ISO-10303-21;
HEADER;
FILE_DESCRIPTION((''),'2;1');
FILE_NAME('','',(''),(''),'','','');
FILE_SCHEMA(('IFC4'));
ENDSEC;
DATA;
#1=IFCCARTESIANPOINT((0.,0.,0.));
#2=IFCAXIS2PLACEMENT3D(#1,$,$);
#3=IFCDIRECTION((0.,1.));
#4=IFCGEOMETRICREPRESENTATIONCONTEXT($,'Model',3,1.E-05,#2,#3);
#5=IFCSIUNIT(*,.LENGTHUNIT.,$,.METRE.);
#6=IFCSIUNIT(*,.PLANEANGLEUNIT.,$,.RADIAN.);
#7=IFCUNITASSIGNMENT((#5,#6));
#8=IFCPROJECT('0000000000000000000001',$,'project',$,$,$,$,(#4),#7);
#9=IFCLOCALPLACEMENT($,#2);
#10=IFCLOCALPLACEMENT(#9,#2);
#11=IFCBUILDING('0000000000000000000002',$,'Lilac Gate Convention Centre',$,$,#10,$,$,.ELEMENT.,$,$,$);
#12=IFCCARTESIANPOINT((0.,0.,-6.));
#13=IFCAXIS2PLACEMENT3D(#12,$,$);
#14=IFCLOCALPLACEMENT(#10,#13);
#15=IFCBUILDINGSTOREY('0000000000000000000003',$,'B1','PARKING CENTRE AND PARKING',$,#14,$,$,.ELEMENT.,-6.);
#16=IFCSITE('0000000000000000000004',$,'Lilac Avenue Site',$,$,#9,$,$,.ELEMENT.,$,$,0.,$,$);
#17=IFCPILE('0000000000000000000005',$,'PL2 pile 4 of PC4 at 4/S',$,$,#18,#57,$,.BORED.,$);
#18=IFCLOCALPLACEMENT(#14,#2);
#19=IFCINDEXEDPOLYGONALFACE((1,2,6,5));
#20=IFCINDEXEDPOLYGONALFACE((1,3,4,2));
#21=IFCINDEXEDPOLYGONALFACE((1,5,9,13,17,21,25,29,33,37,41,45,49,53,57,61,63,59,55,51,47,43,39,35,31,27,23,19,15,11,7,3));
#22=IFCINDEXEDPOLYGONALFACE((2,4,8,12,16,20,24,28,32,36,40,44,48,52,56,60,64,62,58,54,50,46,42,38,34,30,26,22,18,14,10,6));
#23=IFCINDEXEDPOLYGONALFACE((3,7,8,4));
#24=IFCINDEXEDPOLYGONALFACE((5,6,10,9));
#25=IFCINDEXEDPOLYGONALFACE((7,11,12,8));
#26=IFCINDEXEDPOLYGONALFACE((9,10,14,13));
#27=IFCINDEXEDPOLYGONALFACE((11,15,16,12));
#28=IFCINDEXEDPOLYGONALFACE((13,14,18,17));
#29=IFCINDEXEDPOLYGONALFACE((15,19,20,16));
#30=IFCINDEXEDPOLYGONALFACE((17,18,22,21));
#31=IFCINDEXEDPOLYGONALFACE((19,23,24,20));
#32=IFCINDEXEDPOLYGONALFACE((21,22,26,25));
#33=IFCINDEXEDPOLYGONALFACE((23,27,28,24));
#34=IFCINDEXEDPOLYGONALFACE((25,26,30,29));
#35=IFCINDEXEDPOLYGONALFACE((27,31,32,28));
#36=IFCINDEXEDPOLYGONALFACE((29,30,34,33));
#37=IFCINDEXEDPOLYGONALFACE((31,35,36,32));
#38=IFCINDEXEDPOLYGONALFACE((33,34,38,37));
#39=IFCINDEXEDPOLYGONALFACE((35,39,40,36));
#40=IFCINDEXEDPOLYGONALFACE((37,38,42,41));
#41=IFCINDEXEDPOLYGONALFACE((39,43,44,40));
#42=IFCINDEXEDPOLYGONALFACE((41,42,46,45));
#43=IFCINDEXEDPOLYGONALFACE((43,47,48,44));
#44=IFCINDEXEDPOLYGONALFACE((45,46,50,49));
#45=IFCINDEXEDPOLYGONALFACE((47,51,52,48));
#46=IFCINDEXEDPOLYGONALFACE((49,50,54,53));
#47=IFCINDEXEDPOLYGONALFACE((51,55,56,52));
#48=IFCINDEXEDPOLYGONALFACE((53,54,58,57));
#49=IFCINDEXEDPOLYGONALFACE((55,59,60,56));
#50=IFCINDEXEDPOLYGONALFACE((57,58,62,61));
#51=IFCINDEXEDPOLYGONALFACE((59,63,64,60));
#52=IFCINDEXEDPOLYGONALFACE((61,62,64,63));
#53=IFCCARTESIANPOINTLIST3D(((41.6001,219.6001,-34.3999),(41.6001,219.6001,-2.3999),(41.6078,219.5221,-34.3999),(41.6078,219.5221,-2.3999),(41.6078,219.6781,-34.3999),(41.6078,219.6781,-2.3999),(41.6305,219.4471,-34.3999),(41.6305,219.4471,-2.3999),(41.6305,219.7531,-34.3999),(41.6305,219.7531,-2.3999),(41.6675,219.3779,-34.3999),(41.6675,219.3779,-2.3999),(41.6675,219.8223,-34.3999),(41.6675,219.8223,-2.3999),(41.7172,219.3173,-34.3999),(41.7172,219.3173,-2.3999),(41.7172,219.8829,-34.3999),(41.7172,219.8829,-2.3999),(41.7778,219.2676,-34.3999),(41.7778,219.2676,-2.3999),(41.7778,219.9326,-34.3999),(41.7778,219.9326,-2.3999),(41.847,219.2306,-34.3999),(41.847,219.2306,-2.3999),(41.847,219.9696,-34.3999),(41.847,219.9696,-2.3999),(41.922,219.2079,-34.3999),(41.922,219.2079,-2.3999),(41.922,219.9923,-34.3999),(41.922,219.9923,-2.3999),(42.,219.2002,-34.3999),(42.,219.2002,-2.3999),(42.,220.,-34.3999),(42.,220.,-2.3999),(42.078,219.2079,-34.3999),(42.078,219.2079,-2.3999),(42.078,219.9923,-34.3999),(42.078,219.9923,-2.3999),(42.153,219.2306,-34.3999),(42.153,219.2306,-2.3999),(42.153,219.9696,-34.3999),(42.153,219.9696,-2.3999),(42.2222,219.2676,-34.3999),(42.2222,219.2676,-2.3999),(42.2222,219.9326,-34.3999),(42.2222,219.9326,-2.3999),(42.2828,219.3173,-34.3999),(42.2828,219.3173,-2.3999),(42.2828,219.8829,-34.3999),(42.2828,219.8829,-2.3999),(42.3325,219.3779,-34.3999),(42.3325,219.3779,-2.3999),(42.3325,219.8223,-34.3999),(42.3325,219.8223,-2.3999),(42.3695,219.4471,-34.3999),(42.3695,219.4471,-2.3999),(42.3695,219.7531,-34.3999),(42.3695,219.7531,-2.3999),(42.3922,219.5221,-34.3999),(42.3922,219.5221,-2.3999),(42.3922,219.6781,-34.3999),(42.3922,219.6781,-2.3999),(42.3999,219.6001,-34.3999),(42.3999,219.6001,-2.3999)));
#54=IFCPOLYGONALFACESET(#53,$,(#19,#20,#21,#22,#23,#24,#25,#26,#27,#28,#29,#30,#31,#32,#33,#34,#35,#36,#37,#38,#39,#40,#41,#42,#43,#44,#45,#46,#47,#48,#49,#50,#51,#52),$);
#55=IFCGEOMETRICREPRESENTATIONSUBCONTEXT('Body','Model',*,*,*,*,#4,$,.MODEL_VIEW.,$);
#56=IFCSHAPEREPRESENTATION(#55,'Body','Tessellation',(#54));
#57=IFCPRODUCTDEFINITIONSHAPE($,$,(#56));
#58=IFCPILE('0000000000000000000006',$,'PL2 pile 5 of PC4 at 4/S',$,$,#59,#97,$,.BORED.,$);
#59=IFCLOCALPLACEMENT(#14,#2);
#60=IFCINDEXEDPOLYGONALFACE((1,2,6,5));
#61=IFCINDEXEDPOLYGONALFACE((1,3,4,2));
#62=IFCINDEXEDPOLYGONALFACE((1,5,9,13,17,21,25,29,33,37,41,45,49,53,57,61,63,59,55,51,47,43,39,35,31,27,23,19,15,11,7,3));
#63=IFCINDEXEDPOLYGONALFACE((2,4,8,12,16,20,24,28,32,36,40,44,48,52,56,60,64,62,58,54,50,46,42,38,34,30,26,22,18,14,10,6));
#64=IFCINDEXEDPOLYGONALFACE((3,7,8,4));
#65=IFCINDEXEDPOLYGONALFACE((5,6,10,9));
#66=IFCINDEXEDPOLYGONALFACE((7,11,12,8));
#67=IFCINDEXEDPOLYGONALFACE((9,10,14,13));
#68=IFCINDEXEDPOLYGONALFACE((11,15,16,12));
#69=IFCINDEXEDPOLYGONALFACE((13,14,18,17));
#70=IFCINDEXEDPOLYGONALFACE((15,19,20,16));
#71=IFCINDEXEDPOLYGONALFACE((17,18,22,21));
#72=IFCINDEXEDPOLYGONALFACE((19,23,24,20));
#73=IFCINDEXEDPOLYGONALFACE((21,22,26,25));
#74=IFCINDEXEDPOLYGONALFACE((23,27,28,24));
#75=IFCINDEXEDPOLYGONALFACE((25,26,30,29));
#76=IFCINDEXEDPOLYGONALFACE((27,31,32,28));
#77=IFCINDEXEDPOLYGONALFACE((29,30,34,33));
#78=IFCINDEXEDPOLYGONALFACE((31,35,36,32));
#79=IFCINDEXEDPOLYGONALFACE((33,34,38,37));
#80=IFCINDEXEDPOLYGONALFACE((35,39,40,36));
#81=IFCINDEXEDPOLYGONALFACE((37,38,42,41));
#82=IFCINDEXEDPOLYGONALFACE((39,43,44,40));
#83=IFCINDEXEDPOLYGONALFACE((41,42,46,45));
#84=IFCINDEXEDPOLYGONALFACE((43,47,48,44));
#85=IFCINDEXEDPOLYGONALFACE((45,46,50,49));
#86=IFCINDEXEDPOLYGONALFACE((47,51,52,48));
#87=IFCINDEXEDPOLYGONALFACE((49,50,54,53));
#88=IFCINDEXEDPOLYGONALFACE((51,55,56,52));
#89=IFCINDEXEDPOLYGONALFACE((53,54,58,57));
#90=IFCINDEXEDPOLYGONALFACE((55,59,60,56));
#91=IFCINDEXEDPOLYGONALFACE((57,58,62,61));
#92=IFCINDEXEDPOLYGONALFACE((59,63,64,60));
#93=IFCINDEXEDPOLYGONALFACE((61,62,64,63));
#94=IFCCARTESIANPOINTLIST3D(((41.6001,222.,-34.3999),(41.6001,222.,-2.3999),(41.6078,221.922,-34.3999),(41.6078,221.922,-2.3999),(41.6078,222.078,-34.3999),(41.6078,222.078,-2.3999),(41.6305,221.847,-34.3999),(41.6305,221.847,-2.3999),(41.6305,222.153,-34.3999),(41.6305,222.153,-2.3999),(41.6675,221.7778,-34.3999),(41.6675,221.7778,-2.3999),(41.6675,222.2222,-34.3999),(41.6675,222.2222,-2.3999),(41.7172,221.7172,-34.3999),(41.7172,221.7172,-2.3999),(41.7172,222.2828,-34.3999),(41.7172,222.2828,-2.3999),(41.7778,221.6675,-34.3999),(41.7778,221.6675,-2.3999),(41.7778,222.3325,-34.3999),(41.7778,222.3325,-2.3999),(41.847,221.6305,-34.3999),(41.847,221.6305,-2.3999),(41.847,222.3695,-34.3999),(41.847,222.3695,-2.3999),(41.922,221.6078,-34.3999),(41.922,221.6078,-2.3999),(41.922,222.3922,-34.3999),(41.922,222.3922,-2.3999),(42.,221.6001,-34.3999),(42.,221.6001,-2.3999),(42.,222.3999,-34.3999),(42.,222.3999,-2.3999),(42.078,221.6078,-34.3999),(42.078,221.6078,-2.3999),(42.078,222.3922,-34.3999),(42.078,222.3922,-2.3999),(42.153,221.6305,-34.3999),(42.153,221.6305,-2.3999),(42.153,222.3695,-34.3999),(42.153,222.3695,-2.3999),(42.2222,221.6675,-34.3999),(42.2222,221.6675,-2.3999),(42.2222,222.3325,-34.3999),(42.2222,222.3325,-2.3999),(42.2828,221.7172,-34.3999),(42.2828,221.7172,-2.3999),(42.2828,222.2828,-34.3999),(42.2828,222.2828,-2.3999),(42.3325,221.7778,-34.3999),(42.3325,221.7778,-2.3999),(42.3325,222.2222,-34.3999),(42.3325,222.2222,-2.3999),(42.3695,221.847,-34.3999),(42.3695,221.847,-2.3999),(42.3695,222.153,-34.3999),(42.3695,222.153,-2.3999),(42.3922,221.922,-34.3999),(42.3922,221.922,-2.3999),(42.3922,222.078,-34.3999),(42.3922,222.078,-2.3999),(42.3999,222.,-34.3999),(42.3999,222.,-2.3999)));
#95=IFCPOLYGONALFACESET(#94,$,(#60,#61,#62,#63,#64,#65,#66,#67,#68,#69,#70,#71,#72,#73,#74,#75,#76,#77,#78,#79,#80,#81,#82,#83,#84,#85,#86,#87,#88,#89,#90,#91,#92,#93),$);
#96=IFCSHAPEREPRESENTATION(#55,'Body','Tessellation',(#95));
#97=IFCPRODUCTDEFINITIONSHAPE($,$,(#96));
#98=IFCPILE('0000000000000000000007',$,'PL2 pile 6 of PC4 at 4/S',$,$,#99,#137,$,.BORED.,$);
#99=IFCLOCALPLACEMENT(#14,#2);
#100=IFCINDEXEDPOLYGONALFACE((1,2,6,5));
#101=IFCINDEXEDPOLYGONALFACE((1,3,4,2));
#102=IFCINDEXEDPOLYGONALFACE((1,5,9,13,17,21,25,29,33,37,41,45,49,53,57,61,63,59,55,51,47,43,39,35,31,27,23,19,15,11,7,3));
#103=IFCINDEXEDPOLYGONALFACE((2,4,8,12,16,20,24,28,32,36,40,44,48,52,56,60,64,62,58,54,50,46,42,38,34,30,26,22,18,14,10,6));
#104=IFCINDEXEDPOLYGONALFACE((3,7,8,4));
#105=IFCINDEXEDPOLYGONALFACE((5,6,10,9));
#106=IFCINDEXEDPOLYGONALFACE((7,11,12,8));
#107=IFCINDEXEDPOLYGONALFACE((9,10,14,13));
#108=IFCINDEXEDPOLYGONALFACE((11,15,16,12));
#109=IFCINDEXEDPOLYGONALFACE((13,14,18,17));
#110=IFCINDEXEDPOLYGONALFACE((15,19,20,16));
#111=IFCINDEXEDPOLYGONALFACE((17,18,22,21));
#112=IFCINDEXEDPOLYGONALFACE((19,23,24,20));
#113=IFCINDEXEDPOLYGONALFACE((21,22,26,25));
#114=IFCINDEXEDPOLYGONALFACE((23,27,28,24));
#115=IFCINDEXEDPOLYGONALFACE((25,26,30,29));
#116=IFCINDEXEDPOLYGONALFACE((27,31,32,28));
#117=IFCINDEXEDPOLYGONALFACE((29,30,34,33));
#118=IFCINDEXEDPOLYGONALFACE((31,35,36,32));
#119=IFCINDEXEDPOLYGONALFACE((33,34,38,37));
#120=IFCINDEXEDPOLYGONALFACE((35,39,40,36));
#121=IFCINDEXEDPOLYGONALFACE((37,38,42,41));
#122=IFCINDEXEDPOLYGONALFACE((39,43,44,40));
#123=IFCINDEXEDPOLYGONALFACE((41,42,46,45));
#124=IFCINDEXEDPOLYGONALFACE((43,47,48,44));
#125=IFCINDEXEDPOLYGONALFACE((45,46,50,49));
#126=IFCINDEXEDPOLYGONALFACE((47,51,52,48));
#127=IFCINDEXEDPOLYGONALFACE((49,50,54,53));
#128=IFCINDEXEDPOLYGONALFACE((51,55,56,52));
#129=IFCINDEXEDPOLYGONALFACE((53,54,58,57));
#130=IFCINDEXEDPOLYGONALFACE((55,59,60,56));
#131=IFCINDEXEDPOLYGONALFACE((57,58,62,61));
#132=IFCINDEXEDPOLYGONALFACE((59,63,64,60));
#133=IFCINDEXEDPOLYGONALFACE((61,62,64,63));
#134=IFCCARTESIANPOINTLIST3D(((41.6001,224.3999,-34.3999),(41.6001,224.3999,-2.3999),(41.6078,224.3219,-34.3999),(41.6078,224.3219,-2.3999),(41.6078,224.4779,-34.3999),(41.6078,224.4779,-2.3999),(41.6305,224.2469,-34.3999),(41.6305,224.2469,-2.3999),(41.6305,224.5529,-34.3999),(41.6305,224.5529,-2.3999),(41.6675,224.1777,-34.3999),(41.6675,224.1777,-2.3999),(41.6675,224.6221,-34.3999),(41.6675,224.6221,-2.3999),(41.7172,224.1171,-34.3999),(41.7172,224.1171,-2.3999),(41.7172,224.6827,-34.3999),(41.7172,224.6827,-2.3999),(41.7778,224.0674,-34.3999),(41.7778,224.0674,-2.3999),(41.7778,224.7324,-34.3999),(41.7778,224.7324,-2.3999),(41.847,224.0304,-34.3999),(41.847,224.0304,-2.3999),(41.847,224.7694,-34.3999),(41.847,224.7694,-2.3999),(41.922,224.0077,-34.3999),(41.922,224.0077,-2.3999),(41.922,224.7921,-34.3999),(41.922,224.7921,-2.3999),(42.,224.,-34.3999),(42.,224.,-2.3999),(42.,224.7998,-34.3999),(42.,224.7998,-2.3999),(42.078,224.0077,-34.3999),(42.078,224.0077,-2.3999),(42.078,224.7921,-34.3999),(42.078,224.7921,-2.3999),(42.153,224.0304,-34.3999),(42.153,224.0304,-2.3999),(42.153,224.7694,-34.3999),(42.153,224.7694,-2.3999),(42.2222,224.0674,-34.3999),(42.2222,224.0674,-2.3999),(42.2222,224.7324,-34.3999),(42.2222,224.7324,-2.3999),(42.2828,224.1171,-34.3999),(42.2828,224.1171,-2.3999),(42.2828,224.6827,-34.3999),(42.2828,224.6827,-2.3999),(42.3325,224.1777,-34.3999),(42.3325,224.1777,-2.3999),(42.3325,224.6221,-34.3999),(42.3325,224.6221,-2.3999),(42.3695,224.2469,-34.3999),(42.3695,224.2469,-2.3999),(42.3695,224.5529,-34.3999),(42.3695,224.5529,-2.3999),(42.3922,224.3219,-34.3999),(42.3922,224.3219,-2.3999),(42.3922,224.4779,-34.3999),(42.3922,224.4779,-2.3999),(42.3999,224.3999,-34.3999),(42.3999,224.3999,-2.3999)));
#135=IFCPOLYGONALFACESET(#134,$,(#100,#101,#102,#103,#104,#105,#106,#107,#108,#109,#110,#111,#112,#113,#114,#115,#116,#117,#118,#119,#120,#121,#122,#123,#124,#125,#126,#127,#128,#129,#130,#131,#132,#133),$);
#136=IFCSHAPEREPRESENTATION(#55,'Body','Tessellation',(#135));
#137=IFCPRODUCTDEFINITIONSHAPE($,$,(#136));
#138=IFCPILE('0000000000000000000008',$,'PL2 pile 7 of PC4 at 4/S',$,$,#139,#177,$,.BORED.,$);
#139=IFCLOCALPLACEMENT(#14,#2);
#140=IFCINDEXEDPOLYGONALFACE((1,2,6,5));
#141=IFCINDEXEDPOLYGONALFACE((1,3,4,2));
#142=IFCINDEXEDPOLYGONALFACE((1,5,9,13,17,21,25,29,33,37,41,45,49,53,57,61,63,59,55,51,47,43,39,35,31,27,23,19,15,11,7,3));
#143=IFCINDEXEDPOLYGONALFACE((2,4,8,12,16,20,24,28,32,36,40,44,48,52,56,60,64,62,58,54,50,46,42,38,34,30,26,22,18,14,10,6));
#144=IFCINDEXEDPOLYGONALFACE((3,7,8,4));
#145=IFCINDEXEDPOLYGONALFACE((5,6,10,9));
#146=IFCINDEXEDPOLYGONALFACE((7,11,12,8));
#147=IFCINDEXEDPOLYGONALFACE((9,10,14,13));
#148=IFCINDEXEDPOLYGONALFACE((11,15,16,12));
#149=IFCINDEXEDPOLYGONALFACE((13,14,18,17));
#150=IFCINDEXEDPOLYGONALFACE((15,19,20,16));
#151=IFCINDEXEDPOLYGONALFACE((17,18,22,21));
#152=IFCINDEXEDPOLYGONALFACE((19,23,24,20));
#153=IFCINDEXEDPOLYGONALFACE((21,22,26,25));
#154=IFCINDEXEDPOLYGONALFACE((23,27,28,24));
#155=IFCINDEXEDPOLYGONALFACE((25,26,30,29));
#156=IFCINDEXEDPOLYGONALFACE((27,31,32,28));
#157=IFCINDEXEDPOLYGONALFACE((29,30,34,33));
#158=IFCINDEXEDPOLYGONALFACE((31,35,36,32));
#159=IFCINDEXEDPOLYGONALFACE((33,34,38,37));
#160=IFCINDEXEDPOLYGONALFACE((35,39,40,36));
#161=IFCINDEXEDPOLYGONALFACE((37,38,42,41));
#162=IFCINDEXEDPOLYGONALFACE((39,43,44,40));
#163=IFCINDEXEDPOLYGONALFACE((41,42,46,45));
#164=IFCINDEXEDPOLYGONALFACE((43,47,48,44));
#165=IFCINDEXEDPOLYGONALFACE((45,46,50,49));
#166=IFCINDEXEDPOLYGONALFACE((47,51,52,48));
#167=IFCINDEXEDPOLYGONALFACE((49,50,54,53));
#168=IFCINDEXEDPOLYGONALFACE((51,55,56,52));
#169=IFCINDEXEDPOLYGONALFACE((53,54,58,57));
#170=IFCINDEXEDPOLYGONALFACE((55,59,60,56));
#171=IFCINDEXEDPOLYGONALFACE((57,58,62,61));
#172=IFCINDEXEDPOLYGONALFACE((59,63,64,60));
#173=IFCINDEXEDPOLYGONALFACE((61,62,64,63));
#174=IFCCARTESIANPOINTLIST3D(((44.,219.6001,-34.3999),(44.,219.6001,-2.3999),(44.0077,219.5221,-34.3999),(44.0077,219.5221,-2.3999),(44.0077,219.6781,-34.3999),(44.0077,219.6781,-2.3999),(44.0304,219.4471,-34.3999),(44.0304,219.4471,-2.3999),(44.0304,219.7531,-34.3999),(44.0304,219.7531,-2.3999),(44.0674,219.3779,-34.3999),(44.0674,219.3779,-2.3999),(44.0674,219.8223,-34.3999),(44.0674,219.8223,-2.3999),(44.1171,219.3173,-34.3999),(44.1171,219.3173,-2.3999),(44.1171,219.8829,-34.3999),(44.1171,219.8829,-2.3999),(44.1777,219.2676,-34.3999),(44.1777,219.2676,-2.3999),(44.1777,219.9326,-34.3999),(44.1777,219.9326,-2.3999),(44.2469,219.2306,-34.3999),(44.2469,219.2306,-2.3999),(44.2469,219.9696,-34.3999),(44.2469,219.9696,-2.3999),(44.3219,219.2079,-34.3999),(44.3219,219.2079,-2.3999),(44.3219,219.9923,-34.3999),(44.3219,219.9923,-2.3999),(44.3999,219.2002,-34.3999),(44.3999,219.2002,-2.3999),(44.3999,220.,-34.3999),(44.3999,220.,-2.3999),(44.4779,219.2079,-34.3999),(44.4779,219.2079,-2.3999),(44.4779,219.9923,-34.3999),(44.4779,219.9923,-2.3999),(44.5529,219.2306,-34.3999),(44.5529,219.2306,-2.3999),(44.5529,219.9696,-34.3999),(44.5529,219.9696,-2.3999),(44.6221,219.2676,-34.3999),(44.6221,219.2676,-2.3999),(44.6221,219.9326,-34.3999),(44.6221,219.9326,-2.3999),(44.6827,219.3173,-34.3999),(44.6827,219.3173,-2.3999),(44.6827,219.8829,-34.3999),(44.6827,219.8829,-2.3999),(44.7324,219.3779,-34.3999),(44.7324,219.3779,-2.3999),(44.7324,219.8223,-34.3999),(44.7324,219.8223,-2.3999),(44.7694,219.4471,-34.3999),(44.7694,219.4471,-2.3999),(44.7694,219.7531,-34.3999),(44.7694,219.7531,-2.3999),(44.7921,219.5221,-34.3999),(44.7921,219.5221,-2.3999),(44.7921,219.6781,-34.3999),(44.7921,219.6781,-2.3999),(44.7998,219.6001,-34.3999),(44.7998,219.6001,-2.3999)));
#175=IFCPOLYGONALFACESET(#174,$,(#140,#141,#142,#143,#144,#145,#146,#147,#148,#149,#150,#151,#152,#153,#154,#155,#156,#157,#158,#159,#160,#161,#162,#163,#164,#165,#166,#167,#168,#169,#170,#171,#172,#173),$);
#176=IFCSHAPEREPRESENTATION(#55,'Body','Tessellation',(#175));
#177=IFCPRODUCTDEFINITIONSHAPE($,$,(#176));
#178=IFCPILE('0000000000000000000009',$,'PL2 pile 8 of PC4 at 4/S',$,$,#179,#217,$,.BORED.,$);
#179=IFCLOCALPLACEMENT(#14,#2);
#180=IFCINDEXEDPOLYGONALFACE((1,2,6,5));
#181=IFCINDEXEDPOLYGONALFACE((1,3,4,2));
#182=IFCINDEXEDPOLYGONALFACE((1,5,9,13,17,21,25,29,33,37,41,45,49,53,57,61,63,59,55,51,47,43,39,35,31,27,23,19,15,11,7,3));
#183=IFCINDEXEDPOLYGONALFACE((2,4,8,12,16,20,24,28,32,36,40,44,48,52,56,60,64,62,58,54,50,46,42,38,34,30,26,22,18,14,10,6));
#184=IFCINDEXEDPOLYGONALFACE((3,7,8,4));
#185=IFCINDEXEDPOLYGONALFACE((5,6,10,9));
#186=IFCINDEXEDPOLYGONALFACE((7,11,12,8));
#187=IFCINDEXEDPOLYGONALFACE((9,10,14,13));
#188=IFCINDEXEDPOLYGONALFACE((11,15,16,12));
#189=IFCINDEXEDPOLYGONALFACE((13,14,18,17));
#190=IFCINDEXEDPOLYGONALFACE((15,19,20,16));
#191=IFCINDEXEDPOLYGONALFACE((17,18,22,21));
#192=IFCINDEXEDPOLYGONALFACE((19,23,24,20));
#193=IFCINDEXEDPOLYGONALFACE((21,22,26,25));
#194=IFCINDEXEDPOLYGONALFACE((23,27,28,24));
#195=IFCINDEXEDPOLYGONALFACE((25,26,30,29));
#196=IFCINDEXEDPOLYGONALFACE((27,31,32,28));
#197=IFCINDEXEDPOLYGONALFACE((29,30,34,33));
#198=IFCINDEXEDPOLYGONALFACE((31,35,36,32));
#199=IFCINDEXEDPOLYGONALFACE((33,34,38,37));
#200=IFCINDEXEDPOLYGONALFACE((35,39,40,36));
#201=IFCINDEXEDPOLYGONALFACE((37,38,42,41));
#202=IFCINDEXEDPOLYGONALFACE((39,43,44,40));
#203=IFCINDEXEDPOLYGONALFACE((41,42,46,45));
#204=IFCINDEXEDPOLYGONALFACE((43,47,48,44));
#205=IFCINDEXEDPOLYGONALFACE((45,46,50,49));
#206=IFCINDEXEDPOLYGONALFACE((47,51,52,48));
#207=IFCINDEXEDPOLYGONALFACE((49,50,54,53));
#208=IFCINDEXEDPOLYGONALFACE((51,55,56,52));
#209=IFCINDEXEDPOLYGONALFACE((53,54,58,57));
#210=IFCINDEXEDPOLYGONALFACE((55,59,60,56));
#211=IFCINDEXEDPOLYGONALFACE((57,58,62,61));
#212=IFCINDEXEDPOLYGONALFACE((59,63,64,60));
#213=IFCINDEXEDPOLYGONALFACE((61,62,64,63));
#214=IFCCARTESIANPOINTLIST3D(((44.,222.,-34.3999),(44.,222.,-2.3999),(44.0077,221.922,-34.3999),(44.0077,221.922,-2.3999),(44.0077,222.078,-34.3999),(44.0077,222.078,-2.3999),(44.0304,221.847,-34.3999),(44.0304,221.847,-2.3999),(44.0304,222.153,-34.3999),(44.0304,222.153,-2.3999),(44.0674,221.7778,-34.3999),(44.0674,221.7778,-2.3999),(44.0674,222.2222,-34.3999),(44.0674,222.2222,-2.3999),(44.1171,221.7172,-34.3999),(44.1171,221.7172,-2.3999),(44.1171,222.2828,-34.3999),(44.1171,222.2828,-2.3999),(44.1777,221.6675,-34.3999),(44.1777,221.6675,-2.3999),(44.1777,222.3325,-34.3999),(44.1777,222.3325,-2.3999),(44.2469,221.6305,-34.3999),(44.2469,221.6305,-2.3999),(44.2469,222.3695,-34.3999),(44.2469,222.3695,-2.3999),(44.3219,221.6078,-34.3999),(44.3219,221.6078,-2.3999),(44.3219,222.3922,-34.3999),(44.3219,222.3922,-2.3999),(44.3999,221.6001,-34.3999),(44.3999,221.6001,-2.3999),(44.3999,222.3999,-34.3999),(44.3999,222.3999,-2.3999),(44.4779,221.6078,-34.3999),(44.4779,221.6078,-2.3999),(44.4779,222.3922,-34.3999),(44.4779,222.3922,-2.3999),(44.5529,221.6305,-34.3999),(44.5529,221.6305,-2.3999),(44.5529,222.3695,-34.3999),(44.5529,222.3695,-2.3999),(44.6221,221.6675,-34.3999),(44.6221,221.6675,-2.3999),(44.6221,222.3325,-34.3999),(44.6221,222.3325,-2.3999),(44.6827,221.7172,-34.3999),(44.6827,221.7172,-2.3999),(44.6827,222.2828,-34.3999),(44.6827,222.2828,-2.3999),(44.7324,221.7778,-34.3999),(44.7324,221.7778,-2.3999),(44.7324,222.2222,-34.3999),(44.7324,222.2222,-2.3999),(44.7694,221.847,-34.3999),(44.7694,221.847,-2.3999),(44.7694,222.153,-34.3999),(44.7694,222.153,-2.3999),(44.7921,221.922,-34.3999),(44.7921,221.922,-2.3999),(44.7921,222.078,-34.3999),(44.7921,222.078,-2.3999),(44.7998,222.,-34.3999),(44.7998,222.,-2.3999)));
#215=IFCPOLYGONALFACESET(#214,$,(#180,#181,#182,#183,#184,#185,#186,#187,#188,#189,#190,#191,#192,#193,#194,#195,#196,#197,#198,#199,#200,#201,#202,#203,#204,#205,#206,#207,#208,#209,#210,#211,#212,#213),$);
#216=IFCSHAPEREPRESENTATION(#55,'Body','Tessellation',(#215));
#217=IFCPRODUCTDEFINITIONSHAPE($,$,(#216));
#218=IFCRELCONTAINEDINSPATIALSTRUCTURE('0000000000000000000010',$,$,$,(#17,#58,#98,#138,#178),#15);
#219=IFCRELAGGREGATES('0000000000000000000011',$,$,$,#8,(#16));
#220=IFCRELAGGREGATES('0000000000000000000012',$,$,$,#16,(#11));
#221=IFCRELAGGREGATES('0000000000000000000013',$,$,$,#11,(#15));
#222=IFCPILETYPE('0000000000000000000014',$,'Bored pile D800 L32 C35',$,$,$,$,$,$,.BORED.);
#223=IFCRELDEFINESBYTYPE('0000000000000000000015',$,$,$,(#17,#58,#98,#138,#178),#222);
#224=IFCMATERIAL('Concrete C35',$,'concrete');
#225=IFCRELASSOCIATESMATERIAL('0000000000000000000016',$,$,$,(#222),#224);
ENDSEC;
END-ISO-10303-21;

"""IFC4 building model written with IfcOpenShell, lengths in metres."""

from ifc_helpers import new_model, si_unit, direction, frame, origin, origin_2d, place, context, subcontext, project, spatial, circle, extrude, material, material_profile, profile_set, type_object, element, save


model = new_model("IFC4")

# Units and contexts
model_context = context("Model", 3, precision=1e-05, world=origin(), true_north=direction((0.0, 1.0)))
body_context = subcontext(model_context, "Body", "Model", "MODEL_VIEW")
ifc_project = project(units=[si_unit("LENGTHUNIT", "METRE"), si_unit("PLANEANGLEUNIT", "RADIAN")], contexts=[model_context])

# Site, building, storey
site_placement = place(None, origin())
site = spatial("IfcSite", under=ifc_project, at=site_placement, Name="Lilac Avenue Site", CompositionType="ELEMENT", RefElevation=0.0)
building_placement = place(site_placement, origin())
building = spatial("IfcBuilding", under=site, at=building_placement, Name="Lilac Gate Convention Centre", CompositionType="ELEMENT")
storey_placement = place(building_placement, frame((0.0, 0.0, -6.0)))
storey = spatial("IfcBuildingStorey", under=building, at=storey_placement, Name="B1", Description="PARKING CENTRE AND PARKING", CompositionType="ELEMENT", Elevation=-6.0)

# Piles
ifc_material_1 = material(Name="Concrete C35", Category="concrete")
ifc_material_profile_1 = material_profile(ifc_material_1, circle(Radius=0.3999, at=origin_2d()), Name="D800")
ifc_profile_set_1 = profile_set([ifc_material_profile_1], Name="Concrete C35")
pile_type = type_object("IfcPileType", Name="Bored pile D800 L32 C35", PredefinedType="BORED", material=ifc_profile_set_1)
for number, where, z_axis, x_axis, name in (
    (1, (42.0, 219.6001, -2.3999), (0.0, 0.0, -1.0), (1.0, 0.0, 0.0), "PL2 pile 4 of PC4 at 4/S"),
    (2, (42.0, 222.0, -2.3999), (0.0, 0.0, -1.0), (1.0, 0.0, 0.0), "PL2 pile 5 of PC4 at 4/S"),
    (3, (42.0, 224.3999, -2.3999), (0.0, 0.0, -1.0), (1.0, 0.0, 0.0), "PL2 pile 6 of PC4 at 4/S"),
    (4, (44.3999, 219.6001, -2.3999), (0.0, 0.0, -1.0), (1.0, 0.0, 0.0), "PL2 pile 7 of PC4 at 4/S"),
    (5, (44.3999, 222.0, -2.3999), (0.0, 0.0, -1.0), (1.0, 0.0, 0.0), "PL2 pile 8 of PC4 at 4/S"),
):
    element("IfcPile", number, at=place(storey_placement, frame(where, z_axis=z_axis, x_axis=x_axis)), inside=storey, type_object=pile_type, Name=name, PredefinedType="BORED", context=body_context, shape_type="SweptSolid", body=[
        extrude(circle(Radius=0.3999, at=origin_2d()), origin(), (0.0, 0.0, 1.0), 32.0),
    ])

save(model, "model.ifc")
